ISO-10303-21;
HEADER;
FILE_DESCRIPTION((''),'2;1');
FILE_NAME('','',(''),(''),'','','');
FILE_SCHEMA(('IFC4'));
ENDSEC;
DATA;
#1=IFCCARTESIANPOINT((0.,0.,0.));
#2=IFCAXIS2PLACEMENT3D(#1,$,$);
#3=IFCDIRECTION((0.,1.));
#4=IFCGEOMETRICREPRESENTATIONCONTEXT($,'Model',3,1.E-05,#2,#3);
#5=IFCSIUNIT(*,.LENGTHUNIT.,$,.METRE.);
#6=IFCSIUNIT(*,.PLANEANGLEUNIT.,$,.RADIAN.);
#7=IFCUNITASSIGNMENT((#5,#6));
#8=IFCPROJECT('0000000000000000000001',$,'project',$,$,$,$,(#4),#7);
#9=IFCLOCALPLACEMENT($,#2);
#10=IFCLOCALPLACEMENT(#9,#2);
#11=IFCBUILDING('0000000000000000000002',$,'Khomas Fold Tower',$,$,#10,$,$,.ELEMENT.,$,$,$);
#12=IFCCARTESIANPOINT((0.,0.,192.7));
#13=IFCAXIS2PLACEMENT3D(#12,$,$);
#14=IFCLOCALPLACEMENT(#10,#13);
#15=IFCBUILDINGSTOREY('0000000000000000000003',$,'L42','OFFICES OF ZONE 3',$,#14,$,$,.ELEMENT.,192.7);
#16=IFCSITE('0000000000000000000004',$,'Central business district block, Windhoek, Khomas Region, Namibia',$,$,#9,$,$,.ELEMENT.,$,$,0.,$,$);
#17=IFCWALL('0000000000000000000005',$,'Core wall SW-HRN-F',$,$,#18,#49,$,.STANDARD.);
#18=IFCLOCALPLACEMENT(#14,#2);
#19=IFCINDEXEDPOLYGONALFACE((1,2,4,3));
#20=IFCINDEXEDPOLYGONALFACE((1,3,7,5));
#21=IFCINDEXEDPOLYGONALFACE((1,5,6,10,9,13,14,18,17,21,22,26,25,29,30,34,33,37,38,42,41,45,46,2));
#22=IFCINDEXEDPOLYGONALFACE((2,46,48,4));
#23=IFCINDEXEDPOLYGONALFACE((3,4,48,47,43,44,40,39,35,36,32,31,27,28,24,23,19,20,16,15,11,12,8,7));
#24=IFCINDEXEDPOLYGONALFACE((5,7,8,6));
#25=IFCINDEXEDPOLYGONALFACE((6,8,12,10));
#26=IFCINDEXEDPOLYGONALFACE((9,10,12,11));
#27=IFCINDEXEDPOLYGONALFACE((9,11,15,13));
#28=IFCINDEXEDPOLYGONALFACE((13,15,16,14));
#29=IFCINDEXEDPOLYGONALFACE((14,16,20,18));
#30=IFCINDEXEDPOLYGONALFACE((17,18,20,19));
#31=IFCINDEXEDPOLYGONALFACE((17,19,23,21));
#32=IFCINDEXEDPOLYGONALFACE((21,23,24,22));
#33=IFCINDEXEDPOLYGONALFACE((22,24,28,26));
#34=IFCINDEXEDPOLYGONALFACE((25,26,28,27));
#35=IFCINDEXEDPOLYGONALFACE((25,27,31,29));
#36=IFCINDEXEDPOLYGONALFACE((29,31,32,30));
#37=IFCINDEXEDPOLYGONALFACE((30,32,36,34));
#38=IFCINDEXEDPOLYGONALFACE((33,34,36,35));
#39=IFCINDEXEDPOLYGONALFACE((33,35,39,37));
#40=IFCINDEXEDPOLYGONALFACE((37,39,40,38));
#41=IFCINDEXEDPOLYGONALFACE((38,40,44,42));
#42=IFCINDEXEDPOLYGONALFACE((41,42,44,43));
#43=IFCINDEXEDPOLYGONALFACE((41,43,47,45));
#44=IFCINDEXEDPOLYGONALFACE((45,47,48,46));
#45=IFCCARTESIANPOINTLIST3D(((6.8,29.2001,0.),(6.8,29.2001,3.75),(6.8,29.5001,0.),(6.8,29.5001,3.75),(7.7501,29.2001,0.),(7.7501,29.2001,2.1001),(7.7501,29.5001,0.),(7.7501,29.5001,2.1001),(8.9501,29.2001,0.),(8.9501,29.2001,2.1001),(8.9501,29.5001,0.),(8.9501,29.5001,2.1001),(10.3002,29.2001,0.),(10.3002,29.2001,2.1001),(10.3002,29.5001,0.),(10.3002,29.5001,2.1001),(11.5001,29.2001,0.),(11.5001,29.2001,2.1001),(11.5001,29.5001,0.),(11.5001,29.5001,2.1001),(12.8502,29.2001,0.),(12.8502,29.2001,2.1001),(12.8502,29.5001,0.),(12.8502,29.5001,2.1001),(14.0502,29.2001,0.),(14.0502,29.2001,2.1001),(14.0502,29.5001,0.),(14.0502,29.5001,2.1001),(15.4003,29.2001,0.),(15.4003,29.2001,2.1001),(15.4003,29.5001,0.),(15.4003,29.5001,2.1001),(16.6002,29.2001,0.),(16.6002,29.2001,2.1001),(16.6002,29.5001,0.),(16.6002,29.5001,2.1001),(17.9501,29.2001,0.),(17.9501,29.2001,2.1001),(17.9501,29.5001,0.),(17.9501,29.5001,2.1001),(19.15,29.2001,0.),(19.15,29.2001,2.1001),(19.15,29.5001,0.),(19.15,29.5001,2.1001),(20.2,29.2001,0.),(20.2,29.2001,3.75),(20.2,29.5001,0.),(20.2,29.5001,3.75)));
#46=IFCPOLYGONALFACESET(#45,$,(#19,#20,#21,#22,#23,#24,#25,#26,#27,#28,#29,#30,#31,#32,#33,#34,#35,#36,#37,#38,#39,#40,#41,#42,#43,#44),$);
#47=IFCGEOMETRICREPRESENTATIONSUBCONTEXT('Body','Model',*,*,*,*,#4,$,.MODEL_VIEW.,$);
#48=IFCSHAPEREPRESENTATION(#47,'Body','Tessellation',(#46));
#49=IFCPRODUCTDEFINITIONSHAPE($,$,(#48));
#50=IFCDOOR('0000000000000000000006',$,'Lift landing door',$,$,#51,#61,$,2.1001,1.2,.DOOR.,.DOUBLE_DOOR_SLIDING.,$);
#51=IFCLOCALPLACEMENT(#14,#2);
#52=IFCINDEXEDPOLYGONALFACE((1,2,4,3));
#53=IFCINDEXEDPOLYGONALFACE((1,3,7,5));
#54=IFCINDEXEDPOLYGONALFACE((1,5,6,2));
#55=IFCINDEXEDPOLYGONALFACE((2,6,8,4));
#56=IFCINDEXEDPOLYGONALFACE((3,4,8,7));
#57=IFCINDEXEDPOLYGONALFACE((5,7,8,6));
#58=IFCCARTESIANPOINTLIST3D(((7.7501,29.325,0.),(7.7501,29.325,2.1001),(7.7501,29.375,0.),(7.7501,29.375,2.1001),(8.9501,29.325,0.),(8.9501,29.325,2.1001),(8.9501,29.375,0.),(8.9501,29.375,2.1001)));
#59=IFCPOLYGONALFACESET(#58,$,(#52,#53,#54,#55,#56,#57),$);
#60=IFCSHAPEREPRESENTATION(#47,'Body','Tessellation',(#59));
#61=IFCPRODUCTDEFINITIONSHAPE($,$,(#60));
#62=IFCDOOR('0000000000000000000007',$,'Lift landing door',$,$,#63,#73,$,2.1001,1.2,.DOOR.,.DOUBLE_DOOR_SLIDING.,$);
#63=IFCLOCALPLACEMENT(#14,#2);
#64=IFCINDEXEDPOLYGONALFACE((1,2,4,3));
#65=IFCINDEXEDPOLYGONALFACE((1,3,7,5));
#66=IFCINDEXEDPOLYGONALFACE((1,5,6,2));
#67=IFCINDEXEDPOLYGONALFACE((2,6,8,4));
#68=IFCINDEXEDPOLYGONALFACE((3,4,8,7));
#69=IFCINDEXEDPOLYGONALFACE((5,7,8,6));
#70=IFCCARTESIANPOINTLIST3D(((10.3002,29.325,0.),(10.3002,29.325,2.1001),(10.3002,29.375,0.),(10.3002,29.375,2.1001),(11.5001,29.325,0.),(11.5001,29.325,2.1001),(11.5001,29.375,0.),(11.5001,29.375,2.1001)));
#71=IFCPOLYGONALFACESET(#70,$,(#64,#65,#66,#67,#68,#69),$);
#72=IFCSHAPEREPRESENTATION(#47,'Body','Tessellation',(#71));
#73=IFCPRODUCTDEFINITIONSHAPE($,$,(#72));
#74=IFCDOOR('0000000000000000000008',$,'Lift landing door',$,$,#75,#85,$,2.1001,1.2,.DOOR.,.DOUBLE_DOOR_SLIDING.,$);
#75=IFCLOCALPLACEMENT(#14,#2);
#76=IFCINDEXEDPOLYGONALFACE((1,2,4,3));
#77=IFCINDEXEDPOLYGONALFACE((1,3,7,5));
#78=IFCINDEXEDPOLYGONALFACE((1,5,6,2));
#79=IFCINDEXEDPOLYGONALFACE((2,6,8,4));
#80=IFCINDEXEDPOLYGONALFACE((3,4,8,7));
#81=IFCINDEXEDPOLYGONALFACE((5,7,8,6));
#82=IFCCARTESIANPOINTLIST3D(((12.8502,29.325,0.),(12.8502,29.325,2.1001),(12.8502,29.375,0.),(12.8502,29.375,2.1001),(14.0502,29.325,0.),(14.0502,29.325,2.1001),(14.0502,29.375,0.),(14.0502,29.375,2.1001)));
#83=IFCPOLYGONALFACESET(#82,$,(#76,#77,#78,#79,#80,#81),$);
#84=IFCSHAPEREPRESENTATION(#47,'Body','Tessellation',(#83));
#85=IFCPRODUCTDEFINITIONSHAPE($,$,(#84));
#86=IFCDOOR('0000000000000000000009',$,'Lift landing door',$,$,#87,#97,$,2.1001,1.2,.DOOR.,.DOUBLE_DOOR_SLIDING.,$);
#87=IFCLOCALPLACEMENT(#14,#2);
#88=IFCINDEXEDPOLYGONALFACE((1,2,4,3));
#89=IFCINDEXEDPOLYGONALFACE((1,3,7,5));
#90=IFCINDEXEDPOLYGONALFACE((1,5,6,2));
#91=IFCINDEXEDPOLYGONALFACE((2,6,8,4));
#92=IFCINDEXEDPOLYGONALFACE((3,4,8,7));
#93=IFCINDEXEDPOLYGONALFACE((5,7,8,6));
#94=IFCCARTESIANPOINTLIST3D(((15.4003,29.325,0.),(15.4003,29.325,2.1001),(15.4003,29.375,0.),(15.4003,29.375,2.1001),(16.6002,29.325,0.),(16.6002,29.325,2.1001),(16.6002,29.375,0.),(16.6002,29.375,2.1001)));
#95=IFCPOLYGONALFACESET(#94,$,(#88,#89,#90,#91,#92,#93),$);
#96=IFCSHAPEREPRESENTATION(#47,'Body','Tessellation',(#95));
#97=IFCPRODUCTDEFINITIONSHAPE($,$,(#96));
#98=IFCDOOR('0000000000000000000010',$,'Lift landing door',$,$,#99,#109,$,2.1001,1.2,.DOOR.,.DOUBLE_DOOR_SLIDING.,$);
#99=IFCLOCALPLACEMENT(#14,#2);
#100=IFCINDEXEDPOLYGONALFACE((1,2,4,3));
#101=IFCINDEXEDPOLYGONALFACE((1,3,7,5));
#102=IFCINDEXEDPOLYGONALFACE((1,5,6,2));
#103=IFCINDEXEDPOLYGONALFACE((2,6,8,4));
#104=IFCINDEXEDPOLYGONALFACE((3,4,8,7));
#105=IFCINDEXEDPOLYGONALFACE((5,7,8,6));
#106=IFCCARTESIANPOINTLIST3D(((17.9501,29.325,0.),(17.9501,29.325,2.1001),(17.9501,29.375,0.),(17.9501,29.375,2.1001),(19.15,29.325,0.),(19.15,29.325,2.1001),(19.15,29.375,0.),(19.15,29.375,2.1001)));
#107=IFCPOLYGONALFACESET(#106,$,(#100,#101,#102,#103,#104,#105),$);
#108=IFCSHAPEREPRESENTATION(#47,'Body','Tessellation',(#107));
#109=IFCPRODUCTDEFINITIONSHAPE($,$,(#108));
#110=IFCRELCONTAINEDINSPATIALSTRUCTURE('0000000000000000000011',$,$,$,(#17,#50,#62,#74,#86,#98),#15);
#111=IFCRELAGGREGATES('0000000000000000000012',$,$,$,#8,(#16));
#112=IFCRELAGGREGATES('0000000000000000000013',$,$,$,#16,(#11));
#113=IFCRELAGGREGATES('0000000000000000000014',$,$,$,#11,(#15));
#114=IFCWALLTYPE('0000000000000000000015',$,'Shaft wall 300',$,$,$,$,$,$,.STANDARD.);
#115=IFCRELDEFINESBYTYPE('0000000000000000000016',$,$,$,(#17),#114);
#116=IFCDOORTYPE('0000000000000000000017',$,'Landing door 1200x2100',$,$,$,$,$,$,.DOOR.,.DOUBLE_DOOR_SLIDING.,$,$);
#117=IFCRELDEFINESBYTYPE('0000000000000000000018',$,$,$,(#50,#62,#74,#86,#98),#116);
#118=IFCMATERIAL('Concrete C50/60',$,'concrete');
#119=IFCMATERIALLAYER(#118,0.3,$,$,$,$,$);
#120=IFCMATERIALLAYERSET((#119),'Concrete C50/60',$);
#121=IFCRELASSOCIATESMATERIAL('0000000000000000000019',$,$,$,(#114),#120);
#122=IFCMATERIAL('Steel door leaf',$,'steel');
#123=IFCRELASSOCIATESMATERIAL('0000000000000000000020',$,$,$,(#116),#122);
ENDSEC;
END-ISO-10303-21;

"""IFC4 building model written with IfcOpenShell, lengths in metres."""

from ifc_helpers import new_model, si_unit, direction, frame, frame_2d, origin, place, context, subcontext, project, spatial, rectangle, extrude, source, transform, mapped, material, layer, layer_set, type_object, element, fill, save


model = new_model("IFC4")

# Units and contexts
model_context = context("Model", 3, precision=1e-05, world=origin(), true_north=direction((0.0, 1.0)))
body_context = subcontext(model_context, "Body", "Model", "MODEL_VIEW")
ifc_project = project(units=[si_unit("LENGTHUNIT", "METRE"), si_unit("PLANEANGLEUNIT", "RADIAN")], contexts=[model_context])

# Site, building, storey
site_placement = place(None, origin())
site = spatial("IfcSite", under=ifc_project, at=site_placement, Name="Central business district block, Windhoek, Khomas Region, Namibia", CompositionType="ELEMENT", RefElevation=0.0)
building_placement = place(site_placement, origin())
building = spatial("IfcBuilding", under=site, at=building_placement, Name="Khomas Fold Tower", CompositionType="ELEMENT")
storey_placement = place(building_placement, frame((0.0, 0.0, 192.7)))
storey = spatial("IfcBuildingStorey", under=building, at=storey_placement, Name="L42", Description="OFFICES OF ZONE 3", CompositionType="ELEMENT", Elevation=192.7)

# Wall, openings, doors
ifc_material_1 = material(Name="Concrete C50/60", Category="concrete")
ifc_layer_1 = layer(ifc_material_1, 0.3)
ifc_layer_set_1 = layer_set([ifc_layer_1], Name="Concrete C50/60")
wall_type_1 = type_object("IfcWallType", Name="Shaft wall 300", PredefinedType="STANDARD", material=ifc_layer_set_1)
shared_shape_1 = source(origin(), body_context, "Body", "SweptSolid", [
    extrude(rectangle(XDim=13.3999, YDim=0.3, at=frame_2d((6.7, 0.0))), origin(), (0.0, 0.0, 1.0), 3.75),
])
wall_1_placement = place(storey_placement, frame((6.8, 29.3501, 0.0), z_axis=(0.0, 0.0, 1.0), x_axis=(1.0, 0.0, 0.0)))
wall_1 = element("IfcWall", 1, at=wall_1_placement, inside=storey, type_object=wall_type_1, Name="Core wall SW-HRN-F", PredefinedType="STANDARD", context=body_context, shape_type="MappedRepresentation", body=[
    mapped(shared_shape_1, transform((0.0, 0.0, 0.0))),
])
shared_shape_2 = source(origin(), body_context, "Body", "SweptSolid", [
    extrude(rectangle(XDim=1.2, YDim=2.1001, at=frame_2d((0.6001, 1.05))), frame((0.0, 0.1599, 0.0), z_axis=(0.0, -1.0, 0.0), x_axis=(1.0, 0.0, 0.0)), (0.0, 0.0, 1.0), 0.3201),
])
opening_1_placement = place(wall_1_placement, frame((0.95, 0.0, 0.0)))
opening_1 = element("IfcOpeningElement", 2, at=opening_1_placement, cuts=wall_1, PredefinedType="OPENING", context=body_context, shape_type="MappedRepresentation", body=[
    mapped(shared_shape_2, transform((0.0, 0.0, 0.0))),
])
opening_2_placement = place(wall_1_placement, frame((3.5, 0.0, 0.0)))
opening_2 = element("IfcOpeningElement", 3, at=opening_2_placement, cuts=wall_1, PredefinedType="OPENING", context=body_context, shape_type="MappedRepresentation", body=[
    mapped(shared_shape_2, transform((0.0, 0.0, 0.0))),
])
opening_3_placement = place(wall_1_placement, frame((6.05, 0.0, 0.0)))
opening_3 = element("IfcOpeningElement", 4, at=opening_3_placement, cuts=wall_1, PredefinedType="OPENING", context=body_context, shape_type="MappedRepresentation", body=[
    mapped(shared_shape_2, transform((0.0, 0.0, 0.0))),
])
opening_4_placement = place(wall_1_placement, frame((8.6001, 0.0, 0.0)))
opening_4 = element("IfcOpeningElement", 5, at=opening_4_placement, cuts=wall_1, PredefinedType="OPENING", context=body_context, shape_type="MappedRepresentation", body=[
    mapped(shared_shape_2, transform((0.0, 0.0, 0.0))),
])
opening_5_placement = place(wall_1_placement, frame((11.1499, 0.0, 0.0)))
opening_5 = element("IfcOpeningElement", 6, at=opening_5_placement, cuts=wall_1, PredefinedType="OPENING", context=body_context, shape_type="MappedRepresentation", body=[
    mapped(shared_shape_2, transform((0.0, 0.0, 0.0))),
])
ifc_material_2 = material(Name="Steel door leaf", Category="steel")
door_type = type_object("IfcDoorType", Name="Landing door 1200x2100", OperationType="DOUBLE_DOOR_SLIDING", PredefinedType="DOOR", material=ifc_material_2)
shared_shape_3 = source(origin(), body_context, "Body", "SweptSolid", [
    extrude(rectangle(XDim=1.2, YDim=2.1001, at=frame_2d((0.6001, 1.05))), frame((0.0, 0.0249, 0.0), z_axis=(0.0, -1.0, 0.0), x_axis=(1.0, 0.0, 0.0)), (0.0, 0.0, 1.0), 0.05),
])
door_1_placement = place(opening_1_placement, origin())
door_1 = element("IfcDoor", 7, at=door_1_placement, inside=storey, type_object=door_type, Name="Lift landing door", OperationType="DOUBLE_DOOR_SLIDING", OverallHeight=2.1001, OverallWidth=1.2, PredefinedType="DOOR", context=body_context, shape_type="MappedRepresentation", body=[
    mapped(shared_shape_3, transform((0.0, 0.0, 0.0))),
])
fill(opening_1, door_1)
door_2_placement = place(opening_2_placement, origin())
door_2 = element("IfcDoor", 8, at=door_2_placement, inside=storey, type_object=door_type, Name="Lift landing door", OperationType="DOUBLE_DOOR_SLIDING", OverallHeight=2.1001, OverallWidth=1.2, PredefinedType="DOOR", context=body_context, shape_type="MappedRepresentation", body=[
    mapped(shared_shape_3, transform((0.0, 0.0, 0.0))),
])
fill(opening_2, door_2)
door_3_placement = place(opening_3_placement, origin())
door_3 = element("IfcDoor", 9, at=door_3_placement, inside=storey, type_object=door_type, Name="Lift landing door", OperationType="DOUBLE_DOOR_SLIDING", OverallHeight=2.1001, OverallWidth=1.2, PredefinedType="DOOR", context=body_context, shape_type="MappedRepresentation", body=[
    mapped(shared_shape_3, transform((0.0, 0.0, 0.0))),
])
fill(opening_3, door_3)
door_4_placement = place(opening_4_placement, origin())
door_4 = element("IfcDoor", 10, at=door_4_placement, inside=storey, type_object=door_type, Name="Lift landing door", OperationType="DOUBLE_DOOR_SLIDING", OverallHeight=2.1001, OverallWidth=1.2, PredefinedType="DOOR", context=body_context, shape_type="MappedRepresentation", body=[
    mapped(shared_shape_3, transform((0.0, 0.0, 0.0))),
])
fill(opening_4, door_4)
door_5_placement = place(opening_5_placement, origin())
door_5 = element("IfcDoor", 11, at=door_5_placement, inside=storey, type_object=door_type, Name="Lift landing door", OperationType="DOUBLE_DOOR_SLIDING", OverallHeight=2.1001, OverallWidth=1.2, PredefinedType="DOOR", context=body_context, shape_type="MappedRepresentation", body=[
    mapped(shared_shape_3, transform((0.0, 0.0, 0.0))),
])
fill(opening_5, door_5)

save(model, "model.ifc")
